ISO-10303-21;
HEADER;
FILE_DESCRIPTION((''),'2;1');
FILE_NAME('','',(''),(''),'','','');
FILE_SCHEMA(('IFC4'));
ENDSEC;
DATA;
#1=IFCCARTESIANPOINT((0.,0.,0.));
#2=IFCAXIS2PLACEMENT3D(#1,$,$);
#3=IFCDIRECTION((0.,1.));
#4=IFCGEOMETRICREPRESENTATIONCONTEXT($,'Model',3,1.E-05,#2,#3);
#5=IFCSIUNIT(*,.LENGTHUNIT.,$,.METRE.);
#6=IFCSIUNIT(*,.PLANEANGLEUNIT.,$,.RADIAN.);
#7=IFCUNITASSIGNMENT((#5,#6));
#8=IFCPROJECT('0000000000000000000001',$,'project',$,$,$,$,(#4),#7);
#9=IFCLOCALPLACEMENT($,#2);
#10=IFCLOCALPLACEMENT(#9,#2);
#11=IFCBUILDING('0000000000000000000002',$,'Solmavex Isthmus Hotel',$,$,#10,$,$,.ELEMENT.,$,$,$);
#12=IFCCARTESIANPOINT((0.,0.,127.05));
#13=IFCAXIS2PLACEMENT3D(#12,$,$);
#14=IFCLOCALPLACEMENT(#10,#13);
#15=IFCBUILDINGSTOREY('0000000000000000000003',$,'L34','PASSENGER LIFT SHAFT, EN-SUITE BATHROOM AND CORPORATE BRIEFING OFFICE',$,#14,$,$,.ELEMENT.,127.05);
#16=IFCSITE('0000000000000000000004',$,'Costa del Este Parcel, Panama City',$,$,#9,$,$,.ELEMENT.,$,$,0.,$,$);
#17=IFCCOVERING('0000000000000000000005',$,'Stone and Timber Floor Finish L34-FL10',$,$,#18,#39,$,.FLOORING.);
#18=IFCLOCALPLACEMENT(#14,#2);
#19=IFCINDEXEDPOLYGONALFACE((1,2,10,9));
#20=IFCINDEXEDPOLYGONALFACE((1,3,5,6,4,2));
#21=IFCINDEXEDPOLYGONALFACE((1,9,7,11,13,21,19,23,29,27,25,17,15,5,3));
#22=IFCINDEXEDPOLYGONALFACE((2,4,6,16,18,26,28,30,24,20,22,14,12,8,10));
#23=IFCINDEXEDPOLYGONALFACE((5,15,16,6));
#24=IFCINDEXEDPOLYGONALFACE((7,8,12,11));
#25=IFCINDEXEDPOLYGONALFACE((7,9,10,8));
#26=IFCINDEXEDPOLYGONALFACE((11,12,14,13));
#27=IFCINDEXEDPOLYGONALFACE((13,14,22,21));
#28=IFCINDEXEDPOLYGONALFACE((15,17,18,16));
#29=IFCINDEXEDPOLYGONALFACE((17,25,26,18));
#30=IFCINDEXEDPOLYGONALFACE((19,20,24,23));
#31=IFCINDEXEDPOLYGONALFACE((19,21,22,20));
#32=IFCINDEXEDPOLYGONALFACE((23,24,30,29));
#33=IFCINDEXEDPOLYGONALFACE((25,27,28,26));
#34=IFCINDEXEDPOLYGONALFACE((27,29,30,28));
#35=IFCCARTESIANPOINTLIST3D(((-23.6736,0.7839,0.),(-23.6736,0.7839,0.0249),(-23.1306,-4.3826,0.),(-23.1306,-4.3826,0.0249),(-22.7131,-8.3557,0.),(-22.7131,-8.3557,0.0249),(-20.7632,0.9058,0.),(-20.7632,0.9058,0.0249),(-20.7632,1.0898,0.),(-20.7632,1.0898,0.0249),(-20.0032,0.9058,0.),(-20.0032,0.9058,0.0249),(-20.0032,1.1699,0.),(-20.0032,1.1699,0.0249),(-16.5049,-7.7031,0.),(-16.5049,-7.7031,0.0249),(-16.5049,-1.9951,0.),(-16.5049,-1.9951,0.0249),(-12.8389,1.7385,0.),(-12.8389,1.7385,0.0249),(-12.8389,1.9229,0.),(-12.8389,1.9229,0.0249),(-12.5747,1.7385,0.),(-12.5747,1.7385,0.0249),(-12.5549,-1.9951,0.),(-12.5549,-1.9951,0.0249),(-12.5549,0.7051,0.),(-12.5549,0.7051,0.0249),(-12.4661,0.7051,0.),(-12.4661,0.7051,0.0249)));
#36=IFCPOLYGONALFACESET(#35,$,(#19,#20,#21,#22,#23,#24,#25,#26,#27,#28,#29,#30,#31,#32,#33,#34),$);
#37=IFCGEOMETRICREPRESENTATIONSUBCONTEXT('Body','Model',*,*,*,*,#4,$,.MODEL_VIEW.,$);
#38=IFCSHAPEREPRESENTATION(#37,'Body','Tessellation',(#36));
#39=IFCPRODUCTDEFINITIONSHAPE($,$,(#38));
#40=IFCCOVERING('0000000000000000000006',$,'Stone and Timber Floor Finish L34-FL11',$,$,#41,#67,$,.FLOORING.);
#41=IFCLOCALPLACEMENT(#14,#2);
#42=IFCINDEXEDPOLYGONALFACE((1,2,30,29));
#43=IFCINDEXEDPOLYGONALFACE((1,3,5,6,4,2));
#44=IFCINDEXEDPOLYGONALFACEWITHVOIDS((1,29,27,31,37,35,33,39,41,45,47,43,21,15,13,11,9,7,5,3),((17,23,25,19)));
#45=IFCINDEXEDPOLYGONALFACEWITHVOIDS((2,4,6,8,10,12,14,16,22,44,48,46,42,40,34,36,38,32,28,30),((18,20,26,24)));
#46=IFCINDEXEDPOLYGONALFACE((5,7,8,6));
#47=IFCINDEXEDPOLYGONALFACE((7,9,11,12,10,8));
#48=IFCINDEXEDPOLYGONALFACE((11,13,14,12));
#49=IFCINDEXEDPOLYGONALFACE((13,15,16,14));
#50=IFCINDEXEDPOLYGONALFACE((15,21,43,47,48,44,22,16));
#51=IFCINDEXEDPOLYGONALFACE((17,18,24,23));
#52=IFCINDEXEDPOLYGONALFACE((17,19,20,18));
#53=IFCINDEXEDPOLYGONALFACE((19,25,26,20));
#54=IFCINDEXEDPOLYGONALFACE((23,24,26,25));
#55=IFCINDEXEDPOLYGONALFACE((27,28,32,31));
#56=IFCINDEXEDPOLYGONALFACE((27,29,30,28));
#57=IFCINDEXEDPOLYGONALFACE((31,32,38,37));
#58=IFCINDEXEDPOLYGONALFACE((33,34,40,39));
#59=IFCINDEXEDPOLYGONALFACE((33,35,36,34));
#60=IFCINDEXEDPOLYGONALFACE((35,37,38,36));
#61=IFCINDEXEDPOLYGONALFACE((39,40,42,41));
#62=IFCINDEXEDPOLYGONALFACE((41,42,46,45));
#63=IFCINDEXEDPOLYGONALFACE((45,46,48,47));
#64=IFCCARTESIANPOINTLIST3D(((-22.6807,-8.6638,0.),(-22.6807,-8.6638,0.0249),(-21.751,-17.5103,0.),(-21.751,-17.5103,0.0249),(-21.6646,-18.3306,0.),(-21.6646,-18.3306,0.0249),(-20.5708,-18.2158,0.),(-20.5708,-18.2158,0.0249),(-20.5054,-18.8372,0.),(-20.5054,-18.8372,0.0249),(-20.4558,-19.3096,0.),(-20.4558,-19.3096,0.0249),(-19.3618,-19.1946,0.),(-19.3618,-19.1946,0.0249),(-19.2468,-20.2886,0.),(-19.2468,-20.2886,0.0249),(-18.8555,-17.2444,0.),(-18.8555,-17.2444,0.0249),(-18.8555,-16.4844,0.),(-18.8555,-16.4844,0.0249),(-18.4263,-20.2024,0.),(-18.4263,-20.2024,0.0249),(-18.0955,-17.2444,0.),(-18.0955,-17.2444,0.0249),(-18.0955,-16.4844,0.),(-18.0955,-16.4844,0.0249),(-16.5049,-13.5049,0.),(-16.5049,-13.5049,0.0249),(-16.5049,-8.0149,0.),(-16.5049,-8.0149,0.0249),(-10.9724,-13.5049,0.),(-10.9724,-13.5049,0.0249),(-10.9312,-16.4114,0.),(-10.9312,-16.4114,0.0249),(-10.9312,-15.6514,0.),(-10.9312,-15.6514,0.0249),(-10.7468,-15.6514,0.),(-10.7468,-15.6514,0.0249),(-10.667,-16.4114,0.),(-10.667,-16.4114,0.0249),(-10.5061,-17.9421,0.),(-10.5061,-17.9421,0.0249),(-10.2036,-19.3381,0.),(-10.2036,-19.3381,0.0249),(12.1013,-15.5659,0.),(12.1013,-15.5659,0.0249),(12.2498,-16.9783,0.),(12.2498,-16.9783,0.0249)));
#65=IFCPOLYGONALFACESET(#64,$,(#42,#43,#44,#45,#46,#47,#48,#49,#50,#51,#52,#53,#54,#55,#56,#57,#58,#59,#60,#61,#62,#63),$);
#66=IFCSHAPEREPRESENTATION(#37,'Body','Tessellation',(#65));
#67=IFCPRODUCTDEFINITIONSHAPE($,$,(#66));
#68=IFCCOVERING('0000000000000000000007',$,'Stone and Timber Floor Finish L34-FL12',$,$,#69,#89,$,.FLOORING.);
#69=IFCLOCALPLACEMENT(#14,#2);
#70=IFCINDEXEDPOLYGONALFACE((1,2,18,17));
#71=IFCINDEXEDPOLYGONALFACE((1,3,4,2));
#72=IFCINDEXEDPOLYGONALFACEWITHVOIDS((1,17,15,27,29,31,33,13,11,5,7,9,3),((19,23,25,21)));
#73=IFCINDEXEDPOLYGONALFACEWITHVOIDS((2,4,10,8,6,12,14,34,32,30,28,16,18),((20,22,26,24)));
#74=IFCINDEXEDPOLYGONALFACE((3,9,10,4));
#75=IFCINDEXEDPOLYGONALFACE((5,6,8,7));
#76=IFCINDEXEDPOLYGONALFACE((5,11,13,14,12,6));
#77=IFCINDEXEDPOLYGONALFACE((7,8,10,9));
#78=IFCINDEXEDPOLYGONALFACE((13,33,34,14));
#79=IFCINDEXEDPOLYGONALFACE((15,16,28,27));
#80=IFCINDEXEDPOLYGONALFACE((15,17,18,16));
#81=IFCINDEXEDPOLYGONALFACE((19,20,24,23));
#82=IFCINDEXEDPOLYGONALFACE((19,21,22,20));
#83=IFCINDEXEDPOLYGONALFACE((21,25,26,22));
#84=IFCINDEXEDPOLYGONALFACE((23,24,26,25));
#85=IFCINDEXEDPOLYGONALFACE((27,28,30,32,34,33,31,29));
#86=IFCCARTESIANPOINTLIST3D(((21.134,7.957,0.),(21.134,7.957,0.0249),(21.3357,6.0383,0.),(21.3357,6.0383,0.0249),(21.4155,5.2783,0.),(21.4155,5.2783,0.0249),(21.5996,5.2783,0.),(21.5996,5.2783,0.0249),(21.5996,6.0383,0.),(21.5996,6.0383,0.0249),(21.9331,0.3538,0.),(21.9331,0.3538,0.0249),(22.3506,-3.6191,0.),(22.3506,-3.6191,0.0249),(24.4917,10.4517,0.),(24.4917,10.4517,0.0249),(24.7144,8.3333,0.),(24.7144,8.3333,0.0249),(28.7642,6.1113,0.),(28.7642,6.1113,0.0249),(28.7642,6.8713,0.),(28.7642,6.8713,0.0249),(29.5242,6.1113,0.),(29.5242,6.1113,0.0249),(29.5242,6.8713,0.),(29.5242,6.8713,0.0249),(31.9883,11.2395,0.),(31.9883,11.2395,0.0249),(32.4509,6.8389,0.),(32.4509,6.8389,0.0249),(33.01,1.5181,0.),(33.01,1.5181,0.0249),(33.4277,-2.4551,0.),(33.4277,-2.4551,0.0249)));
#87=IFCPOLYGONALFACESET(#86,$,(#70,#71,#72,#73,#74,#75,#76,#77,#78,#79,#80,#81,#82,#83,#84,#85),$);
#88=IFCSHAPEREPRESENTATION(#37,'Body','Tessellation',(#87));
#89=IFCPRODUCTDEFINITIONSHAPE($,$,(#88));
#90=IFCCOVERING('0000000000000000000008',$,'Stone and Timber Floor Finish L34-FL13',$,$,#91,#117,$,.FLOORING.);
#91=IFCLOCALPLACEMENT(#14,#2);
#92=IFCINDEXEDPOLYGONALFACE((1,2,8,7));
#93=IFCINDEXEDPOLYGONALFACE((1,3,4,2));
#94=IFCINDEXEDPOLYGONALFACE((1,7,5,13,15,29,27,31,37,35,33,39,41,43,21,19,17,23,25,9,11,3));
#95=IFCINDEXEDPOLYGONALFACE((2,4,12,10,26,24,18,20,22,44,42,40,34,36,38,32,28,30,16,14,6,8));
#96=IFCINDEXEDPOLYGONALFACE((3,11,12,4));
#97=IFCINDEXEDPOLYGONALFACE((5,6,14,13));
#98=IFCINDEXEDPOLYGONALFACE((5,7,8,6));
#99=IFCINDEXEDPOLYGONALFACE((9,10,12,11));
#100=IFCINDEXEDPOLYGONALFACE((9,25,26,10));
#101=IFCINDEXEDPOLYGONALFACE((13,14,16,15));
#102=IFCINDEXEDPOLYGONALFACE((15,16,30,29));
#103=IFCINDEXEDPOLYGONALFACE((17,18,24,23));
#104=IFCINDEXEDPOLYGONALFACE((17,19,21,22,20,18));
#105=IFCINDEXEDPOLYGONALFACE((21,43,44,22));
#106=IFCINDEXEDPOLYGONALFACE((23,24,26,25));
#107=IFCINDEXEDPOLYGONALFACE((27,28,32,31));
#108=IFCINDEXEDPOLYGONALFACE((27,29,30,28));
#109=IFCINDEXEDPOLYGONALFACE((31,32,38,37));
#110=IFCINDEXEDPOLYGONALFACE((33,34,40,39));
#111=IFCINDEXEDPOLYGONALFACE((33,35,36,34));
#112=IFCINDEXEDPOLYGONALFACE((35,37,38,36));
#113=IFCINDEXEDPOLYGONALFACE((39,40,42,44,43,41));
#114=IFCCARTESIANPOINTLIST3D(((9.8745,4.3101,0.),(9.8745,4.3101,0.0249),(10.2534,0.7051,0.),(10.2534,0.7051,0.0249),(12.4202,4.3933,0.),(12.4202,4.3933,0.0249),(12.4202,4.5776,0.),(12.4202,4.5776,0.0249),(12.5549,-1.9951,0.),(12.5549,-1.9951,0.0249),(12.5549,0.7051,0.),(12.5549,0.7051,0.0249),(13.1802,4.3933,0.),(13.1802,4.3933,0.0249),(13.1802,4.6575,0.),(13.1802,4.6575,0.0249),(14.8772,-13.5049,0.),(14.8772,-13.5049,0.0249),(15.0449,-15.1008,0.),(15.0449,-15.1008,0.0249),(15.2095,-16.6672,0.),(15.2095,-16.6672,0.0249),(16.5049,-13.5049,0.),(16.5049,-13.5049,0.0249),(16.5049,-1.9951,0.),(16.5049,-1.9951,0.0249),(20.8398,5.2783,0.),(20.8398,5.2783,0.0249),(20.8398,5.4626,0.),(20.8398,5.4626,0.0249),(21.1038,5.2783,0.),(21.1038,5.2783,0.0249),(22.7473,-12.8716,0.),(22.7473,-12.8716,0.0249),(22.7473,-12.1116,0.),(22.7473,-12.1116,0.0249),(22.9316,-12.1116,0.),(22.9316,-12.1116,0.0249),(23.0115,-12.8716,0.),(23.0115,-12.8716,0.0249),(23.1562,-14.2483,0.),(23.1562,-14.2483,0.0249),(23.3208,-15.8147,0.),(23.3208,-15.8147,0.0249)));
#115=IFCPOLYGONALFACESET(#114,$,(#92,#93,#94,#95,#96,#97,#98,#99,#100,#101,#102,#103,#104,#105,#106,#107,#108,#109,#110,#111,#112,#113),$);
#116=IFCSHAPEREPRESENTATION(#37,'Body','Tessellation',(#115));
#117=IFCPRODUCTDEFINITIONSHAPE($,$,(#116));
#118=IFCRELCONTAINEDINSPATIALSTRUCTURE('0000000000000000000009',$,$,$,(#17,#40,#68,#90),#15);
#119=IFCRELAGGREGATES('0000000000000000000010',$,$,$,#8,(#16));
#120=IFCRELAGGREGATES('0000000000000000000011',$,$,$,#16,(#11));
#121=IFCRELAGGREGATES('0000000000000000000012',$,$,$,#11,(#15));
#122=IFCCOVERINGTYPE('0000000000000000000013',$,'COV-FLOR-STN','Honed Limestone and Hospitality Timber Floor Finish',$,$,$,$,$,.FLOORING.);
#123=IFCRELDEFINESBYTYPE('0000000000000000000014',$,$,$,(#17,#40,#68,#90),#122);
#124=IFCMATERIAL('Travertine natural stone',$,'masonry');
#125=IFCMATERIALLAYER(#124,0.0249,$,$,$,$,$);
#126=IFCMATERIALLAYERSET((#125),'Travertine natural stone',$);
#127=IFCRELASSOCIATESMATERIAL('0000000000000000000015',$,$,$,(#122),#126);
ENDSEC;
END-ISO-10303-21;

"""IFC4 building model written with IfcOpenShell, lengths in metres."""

from ifc_helpers import new_model, si_unit, direction, frame, origin, place, context, subcontext, project, spatial, polyline, outline, extrude, material, layer, layer_set, type_object, element, save


model = new_model("IFC4")

# Units and contexts
model_context = context("Model", 3, precision=1e-05, world=origin(), true_north=direction((0.0, 1.0)))
body_context = subcontext(model_context, "Body", "Model", "MODEL_VIEW")
ifc_project = project(units=[si_unit("LENGTHUNIT", "METRE"), si_unit("PLANEANGLEUNIT", "RADIAN")], contexts=[model_context])

# Site, building, storey
site_placement = place(None, origin())
site = spatial("IfcSite", under=ifc_project, at=site_placement, Name="Costa del Este Parcel, Panama City", CompositionType="ELEMENT", RefElevation=0.0)
building_placement = place(site_placement, origin())
building = spatial("IfcBuilding", under=site, at=building_placement, Name="Solmavex Isthmus Hotel", CompositionType="ELEMENT")
storey_placement = place(building_placement, frame((0.0, 0.0, 127.05)))
storey = spatial("IfcBuildingStorey", under=building, at=storey_placement, Name="L34", Description="PASSENGER LIFT SHAFT, EN-SUITE BATHROOM AND CORPORATE BRIEFING OFFICE", CompositionType="ELEMENT", Elevation=127.05)

# Coverings
ifc_material_1 = material(Name="Travertine natural stone", Category="masonry")
ifc_layer_1 = layer(ifc_material_1, 0.0249)
ifc_layer_set_1 = layer_set([ifc_layer_1], Name="Travertine natural stone")
covering_type = type_object("IfcCoveringType", Name="COV-FLOR-STN", Description="Honed Limestone and Hospitality Timber Floor Finish", PredefinedType="FLOORING", material=ifc_layer_set_1)
covering_1_placement = place(storey_placement, origin())
element("IfcCovering", 1, at=covering_1_placement, inside=storey, type_object=covering_type, Name="Stone and Timber Floor Finish L34-FL10", PredefinedType="FLOORING", context=body_context, shape_type="SweptSolid", body=[
    extrude(outline(polyline([(-20.0032, 1.1699), (-20.0032, 0.9058), (-20.7632, 0.9058), (-20.7632, 1.0898), (-23.6736, 0.7839), (-23.1306, -4.3826), (-22.7131, -8.3557), (-16.5049, -7.7031), (-16.5049, -1.9951), (-12.5549, -1.9951), (-12.5549, 0.7051), (-12.4661, 0.7051), (-12.5747, 1.7385), (-12.8389, 1.7385), (-12.8389, 1.9229), (-20.0032, 1.1699)])), origin(), (0.0, 0.0, 1.0), 0.0249),
])
covering_2_placement = place(storey_placement, origin())
element("IfcCovering", 2, at=covering_2_placement, inside=storey, type_object=covering_type, Name="Stone and Timber Floor Finish L34-FL11", PredefinedType="FLOORING", context=body_context, shape_type="SweptSolid", body=[
    extrude(outline(polyline([(-10.667, -16.4114), (-10.9312, -16.4114), (-10.9312, -15.6514), (-10.7468, -15.6514), (-10.9724, -13.5049), (-16.5049, -13.5049), (-16.5049, -8.0149), (-22.6807, -8.6638), (-21.751, -17.5103), (-21.6646, -18.3306), (-20.5708, -18.2158), (-20.5054, -18.8372), (-20.4558, -19.3096), (-19.3618, -19.1946), (-19.2468, -20.2886), (-18.4263, -20.2024), (-10.2036, -19.3381), (12.2498, -16.9783), (12.1013, -15.5659), (-10.5061, -17.9421), (-10.667, -16.4114)]), holes=[polyline([(-18.8555, -17.2444), (-18.8555, -16.4844), (-18.0955, -16.4844), (-18.0955, -17.2444), (-18.8555, -17.2444)])]), origin(), (0.0, 0.0, 1.0), 0.0249),
])
covering_3_placement = place(storey_placement, origin())
element("IfcCovering", 3, at=covering_3_placement, inside=storey, type_object=covering_type, Name="Stone and Timber Floor Finish L34-FL12", PredefinedType="FLOORING", context=body_context, shape_type="SweptSolid", body=[
    extrude(outline(polyline([(21.3357, 6.0383), (21.5996, 6.0383), (21.5996, 5.2783), (21.4155, 5.2783), (21.9331, 0.3538), (22.3506, -3.6191), (33.4277, -2.4551), (33.01, 1.5181), (32.4509, 6.8389), (31.9883, 11.2395), (24.4917, 10.4517), (24.7144, 8.3333), (21.134, 7.957), (21.3357, 6.0383)]), holes=[polyline([(28.7642, 6.1113), (28.7642, 6.8713), (29.5242, 6.8713), (29.5242, 6.1113), (28.7642, 6.1113)])]), origin(), (0.0, 0.0, 1.0), 0.0249),
])
covering_4_placement = place(storey_placement, origin())
element("IfcCovering", 4, at=covering_4_placement, inside=storey, type_object=covering_type, Name="Stone and Timber Floor Finish L34-FL13", PredefinedType="FLOORING", context=body_context, shape_type="SweptSolid", body=[
    extrude(outline(polyline([(13.1802, 4.6575), (13.1802, 4.3933), (12.4202, 4.3933), (12.4202, 4.5776), (9.8745, 4.3101), (10.2534, 0.7051), (12.5549, 0.7051), (12.5549, -1.9951), (16.5049, -1.9951), (16.5049, -13.5049), (14.8772, -13.5049), (15.0449, -15.1008), (15.2095, -16.6672), (23.3208, -15.8147), (23.1562, -14.2483), (23.0115, -12.8716), (22.7473, -12.8716), (22.7473, -12.1116), (22.9316, -12.1116), (21.1038, 5.2783), (20.8398, 5.2783), (20.8398, 5.4626), (13.1802, 4.6575)])), origin(), (0.0, 0.0, 1.0), 0.0249),
])

save(model, "model.ifc")
